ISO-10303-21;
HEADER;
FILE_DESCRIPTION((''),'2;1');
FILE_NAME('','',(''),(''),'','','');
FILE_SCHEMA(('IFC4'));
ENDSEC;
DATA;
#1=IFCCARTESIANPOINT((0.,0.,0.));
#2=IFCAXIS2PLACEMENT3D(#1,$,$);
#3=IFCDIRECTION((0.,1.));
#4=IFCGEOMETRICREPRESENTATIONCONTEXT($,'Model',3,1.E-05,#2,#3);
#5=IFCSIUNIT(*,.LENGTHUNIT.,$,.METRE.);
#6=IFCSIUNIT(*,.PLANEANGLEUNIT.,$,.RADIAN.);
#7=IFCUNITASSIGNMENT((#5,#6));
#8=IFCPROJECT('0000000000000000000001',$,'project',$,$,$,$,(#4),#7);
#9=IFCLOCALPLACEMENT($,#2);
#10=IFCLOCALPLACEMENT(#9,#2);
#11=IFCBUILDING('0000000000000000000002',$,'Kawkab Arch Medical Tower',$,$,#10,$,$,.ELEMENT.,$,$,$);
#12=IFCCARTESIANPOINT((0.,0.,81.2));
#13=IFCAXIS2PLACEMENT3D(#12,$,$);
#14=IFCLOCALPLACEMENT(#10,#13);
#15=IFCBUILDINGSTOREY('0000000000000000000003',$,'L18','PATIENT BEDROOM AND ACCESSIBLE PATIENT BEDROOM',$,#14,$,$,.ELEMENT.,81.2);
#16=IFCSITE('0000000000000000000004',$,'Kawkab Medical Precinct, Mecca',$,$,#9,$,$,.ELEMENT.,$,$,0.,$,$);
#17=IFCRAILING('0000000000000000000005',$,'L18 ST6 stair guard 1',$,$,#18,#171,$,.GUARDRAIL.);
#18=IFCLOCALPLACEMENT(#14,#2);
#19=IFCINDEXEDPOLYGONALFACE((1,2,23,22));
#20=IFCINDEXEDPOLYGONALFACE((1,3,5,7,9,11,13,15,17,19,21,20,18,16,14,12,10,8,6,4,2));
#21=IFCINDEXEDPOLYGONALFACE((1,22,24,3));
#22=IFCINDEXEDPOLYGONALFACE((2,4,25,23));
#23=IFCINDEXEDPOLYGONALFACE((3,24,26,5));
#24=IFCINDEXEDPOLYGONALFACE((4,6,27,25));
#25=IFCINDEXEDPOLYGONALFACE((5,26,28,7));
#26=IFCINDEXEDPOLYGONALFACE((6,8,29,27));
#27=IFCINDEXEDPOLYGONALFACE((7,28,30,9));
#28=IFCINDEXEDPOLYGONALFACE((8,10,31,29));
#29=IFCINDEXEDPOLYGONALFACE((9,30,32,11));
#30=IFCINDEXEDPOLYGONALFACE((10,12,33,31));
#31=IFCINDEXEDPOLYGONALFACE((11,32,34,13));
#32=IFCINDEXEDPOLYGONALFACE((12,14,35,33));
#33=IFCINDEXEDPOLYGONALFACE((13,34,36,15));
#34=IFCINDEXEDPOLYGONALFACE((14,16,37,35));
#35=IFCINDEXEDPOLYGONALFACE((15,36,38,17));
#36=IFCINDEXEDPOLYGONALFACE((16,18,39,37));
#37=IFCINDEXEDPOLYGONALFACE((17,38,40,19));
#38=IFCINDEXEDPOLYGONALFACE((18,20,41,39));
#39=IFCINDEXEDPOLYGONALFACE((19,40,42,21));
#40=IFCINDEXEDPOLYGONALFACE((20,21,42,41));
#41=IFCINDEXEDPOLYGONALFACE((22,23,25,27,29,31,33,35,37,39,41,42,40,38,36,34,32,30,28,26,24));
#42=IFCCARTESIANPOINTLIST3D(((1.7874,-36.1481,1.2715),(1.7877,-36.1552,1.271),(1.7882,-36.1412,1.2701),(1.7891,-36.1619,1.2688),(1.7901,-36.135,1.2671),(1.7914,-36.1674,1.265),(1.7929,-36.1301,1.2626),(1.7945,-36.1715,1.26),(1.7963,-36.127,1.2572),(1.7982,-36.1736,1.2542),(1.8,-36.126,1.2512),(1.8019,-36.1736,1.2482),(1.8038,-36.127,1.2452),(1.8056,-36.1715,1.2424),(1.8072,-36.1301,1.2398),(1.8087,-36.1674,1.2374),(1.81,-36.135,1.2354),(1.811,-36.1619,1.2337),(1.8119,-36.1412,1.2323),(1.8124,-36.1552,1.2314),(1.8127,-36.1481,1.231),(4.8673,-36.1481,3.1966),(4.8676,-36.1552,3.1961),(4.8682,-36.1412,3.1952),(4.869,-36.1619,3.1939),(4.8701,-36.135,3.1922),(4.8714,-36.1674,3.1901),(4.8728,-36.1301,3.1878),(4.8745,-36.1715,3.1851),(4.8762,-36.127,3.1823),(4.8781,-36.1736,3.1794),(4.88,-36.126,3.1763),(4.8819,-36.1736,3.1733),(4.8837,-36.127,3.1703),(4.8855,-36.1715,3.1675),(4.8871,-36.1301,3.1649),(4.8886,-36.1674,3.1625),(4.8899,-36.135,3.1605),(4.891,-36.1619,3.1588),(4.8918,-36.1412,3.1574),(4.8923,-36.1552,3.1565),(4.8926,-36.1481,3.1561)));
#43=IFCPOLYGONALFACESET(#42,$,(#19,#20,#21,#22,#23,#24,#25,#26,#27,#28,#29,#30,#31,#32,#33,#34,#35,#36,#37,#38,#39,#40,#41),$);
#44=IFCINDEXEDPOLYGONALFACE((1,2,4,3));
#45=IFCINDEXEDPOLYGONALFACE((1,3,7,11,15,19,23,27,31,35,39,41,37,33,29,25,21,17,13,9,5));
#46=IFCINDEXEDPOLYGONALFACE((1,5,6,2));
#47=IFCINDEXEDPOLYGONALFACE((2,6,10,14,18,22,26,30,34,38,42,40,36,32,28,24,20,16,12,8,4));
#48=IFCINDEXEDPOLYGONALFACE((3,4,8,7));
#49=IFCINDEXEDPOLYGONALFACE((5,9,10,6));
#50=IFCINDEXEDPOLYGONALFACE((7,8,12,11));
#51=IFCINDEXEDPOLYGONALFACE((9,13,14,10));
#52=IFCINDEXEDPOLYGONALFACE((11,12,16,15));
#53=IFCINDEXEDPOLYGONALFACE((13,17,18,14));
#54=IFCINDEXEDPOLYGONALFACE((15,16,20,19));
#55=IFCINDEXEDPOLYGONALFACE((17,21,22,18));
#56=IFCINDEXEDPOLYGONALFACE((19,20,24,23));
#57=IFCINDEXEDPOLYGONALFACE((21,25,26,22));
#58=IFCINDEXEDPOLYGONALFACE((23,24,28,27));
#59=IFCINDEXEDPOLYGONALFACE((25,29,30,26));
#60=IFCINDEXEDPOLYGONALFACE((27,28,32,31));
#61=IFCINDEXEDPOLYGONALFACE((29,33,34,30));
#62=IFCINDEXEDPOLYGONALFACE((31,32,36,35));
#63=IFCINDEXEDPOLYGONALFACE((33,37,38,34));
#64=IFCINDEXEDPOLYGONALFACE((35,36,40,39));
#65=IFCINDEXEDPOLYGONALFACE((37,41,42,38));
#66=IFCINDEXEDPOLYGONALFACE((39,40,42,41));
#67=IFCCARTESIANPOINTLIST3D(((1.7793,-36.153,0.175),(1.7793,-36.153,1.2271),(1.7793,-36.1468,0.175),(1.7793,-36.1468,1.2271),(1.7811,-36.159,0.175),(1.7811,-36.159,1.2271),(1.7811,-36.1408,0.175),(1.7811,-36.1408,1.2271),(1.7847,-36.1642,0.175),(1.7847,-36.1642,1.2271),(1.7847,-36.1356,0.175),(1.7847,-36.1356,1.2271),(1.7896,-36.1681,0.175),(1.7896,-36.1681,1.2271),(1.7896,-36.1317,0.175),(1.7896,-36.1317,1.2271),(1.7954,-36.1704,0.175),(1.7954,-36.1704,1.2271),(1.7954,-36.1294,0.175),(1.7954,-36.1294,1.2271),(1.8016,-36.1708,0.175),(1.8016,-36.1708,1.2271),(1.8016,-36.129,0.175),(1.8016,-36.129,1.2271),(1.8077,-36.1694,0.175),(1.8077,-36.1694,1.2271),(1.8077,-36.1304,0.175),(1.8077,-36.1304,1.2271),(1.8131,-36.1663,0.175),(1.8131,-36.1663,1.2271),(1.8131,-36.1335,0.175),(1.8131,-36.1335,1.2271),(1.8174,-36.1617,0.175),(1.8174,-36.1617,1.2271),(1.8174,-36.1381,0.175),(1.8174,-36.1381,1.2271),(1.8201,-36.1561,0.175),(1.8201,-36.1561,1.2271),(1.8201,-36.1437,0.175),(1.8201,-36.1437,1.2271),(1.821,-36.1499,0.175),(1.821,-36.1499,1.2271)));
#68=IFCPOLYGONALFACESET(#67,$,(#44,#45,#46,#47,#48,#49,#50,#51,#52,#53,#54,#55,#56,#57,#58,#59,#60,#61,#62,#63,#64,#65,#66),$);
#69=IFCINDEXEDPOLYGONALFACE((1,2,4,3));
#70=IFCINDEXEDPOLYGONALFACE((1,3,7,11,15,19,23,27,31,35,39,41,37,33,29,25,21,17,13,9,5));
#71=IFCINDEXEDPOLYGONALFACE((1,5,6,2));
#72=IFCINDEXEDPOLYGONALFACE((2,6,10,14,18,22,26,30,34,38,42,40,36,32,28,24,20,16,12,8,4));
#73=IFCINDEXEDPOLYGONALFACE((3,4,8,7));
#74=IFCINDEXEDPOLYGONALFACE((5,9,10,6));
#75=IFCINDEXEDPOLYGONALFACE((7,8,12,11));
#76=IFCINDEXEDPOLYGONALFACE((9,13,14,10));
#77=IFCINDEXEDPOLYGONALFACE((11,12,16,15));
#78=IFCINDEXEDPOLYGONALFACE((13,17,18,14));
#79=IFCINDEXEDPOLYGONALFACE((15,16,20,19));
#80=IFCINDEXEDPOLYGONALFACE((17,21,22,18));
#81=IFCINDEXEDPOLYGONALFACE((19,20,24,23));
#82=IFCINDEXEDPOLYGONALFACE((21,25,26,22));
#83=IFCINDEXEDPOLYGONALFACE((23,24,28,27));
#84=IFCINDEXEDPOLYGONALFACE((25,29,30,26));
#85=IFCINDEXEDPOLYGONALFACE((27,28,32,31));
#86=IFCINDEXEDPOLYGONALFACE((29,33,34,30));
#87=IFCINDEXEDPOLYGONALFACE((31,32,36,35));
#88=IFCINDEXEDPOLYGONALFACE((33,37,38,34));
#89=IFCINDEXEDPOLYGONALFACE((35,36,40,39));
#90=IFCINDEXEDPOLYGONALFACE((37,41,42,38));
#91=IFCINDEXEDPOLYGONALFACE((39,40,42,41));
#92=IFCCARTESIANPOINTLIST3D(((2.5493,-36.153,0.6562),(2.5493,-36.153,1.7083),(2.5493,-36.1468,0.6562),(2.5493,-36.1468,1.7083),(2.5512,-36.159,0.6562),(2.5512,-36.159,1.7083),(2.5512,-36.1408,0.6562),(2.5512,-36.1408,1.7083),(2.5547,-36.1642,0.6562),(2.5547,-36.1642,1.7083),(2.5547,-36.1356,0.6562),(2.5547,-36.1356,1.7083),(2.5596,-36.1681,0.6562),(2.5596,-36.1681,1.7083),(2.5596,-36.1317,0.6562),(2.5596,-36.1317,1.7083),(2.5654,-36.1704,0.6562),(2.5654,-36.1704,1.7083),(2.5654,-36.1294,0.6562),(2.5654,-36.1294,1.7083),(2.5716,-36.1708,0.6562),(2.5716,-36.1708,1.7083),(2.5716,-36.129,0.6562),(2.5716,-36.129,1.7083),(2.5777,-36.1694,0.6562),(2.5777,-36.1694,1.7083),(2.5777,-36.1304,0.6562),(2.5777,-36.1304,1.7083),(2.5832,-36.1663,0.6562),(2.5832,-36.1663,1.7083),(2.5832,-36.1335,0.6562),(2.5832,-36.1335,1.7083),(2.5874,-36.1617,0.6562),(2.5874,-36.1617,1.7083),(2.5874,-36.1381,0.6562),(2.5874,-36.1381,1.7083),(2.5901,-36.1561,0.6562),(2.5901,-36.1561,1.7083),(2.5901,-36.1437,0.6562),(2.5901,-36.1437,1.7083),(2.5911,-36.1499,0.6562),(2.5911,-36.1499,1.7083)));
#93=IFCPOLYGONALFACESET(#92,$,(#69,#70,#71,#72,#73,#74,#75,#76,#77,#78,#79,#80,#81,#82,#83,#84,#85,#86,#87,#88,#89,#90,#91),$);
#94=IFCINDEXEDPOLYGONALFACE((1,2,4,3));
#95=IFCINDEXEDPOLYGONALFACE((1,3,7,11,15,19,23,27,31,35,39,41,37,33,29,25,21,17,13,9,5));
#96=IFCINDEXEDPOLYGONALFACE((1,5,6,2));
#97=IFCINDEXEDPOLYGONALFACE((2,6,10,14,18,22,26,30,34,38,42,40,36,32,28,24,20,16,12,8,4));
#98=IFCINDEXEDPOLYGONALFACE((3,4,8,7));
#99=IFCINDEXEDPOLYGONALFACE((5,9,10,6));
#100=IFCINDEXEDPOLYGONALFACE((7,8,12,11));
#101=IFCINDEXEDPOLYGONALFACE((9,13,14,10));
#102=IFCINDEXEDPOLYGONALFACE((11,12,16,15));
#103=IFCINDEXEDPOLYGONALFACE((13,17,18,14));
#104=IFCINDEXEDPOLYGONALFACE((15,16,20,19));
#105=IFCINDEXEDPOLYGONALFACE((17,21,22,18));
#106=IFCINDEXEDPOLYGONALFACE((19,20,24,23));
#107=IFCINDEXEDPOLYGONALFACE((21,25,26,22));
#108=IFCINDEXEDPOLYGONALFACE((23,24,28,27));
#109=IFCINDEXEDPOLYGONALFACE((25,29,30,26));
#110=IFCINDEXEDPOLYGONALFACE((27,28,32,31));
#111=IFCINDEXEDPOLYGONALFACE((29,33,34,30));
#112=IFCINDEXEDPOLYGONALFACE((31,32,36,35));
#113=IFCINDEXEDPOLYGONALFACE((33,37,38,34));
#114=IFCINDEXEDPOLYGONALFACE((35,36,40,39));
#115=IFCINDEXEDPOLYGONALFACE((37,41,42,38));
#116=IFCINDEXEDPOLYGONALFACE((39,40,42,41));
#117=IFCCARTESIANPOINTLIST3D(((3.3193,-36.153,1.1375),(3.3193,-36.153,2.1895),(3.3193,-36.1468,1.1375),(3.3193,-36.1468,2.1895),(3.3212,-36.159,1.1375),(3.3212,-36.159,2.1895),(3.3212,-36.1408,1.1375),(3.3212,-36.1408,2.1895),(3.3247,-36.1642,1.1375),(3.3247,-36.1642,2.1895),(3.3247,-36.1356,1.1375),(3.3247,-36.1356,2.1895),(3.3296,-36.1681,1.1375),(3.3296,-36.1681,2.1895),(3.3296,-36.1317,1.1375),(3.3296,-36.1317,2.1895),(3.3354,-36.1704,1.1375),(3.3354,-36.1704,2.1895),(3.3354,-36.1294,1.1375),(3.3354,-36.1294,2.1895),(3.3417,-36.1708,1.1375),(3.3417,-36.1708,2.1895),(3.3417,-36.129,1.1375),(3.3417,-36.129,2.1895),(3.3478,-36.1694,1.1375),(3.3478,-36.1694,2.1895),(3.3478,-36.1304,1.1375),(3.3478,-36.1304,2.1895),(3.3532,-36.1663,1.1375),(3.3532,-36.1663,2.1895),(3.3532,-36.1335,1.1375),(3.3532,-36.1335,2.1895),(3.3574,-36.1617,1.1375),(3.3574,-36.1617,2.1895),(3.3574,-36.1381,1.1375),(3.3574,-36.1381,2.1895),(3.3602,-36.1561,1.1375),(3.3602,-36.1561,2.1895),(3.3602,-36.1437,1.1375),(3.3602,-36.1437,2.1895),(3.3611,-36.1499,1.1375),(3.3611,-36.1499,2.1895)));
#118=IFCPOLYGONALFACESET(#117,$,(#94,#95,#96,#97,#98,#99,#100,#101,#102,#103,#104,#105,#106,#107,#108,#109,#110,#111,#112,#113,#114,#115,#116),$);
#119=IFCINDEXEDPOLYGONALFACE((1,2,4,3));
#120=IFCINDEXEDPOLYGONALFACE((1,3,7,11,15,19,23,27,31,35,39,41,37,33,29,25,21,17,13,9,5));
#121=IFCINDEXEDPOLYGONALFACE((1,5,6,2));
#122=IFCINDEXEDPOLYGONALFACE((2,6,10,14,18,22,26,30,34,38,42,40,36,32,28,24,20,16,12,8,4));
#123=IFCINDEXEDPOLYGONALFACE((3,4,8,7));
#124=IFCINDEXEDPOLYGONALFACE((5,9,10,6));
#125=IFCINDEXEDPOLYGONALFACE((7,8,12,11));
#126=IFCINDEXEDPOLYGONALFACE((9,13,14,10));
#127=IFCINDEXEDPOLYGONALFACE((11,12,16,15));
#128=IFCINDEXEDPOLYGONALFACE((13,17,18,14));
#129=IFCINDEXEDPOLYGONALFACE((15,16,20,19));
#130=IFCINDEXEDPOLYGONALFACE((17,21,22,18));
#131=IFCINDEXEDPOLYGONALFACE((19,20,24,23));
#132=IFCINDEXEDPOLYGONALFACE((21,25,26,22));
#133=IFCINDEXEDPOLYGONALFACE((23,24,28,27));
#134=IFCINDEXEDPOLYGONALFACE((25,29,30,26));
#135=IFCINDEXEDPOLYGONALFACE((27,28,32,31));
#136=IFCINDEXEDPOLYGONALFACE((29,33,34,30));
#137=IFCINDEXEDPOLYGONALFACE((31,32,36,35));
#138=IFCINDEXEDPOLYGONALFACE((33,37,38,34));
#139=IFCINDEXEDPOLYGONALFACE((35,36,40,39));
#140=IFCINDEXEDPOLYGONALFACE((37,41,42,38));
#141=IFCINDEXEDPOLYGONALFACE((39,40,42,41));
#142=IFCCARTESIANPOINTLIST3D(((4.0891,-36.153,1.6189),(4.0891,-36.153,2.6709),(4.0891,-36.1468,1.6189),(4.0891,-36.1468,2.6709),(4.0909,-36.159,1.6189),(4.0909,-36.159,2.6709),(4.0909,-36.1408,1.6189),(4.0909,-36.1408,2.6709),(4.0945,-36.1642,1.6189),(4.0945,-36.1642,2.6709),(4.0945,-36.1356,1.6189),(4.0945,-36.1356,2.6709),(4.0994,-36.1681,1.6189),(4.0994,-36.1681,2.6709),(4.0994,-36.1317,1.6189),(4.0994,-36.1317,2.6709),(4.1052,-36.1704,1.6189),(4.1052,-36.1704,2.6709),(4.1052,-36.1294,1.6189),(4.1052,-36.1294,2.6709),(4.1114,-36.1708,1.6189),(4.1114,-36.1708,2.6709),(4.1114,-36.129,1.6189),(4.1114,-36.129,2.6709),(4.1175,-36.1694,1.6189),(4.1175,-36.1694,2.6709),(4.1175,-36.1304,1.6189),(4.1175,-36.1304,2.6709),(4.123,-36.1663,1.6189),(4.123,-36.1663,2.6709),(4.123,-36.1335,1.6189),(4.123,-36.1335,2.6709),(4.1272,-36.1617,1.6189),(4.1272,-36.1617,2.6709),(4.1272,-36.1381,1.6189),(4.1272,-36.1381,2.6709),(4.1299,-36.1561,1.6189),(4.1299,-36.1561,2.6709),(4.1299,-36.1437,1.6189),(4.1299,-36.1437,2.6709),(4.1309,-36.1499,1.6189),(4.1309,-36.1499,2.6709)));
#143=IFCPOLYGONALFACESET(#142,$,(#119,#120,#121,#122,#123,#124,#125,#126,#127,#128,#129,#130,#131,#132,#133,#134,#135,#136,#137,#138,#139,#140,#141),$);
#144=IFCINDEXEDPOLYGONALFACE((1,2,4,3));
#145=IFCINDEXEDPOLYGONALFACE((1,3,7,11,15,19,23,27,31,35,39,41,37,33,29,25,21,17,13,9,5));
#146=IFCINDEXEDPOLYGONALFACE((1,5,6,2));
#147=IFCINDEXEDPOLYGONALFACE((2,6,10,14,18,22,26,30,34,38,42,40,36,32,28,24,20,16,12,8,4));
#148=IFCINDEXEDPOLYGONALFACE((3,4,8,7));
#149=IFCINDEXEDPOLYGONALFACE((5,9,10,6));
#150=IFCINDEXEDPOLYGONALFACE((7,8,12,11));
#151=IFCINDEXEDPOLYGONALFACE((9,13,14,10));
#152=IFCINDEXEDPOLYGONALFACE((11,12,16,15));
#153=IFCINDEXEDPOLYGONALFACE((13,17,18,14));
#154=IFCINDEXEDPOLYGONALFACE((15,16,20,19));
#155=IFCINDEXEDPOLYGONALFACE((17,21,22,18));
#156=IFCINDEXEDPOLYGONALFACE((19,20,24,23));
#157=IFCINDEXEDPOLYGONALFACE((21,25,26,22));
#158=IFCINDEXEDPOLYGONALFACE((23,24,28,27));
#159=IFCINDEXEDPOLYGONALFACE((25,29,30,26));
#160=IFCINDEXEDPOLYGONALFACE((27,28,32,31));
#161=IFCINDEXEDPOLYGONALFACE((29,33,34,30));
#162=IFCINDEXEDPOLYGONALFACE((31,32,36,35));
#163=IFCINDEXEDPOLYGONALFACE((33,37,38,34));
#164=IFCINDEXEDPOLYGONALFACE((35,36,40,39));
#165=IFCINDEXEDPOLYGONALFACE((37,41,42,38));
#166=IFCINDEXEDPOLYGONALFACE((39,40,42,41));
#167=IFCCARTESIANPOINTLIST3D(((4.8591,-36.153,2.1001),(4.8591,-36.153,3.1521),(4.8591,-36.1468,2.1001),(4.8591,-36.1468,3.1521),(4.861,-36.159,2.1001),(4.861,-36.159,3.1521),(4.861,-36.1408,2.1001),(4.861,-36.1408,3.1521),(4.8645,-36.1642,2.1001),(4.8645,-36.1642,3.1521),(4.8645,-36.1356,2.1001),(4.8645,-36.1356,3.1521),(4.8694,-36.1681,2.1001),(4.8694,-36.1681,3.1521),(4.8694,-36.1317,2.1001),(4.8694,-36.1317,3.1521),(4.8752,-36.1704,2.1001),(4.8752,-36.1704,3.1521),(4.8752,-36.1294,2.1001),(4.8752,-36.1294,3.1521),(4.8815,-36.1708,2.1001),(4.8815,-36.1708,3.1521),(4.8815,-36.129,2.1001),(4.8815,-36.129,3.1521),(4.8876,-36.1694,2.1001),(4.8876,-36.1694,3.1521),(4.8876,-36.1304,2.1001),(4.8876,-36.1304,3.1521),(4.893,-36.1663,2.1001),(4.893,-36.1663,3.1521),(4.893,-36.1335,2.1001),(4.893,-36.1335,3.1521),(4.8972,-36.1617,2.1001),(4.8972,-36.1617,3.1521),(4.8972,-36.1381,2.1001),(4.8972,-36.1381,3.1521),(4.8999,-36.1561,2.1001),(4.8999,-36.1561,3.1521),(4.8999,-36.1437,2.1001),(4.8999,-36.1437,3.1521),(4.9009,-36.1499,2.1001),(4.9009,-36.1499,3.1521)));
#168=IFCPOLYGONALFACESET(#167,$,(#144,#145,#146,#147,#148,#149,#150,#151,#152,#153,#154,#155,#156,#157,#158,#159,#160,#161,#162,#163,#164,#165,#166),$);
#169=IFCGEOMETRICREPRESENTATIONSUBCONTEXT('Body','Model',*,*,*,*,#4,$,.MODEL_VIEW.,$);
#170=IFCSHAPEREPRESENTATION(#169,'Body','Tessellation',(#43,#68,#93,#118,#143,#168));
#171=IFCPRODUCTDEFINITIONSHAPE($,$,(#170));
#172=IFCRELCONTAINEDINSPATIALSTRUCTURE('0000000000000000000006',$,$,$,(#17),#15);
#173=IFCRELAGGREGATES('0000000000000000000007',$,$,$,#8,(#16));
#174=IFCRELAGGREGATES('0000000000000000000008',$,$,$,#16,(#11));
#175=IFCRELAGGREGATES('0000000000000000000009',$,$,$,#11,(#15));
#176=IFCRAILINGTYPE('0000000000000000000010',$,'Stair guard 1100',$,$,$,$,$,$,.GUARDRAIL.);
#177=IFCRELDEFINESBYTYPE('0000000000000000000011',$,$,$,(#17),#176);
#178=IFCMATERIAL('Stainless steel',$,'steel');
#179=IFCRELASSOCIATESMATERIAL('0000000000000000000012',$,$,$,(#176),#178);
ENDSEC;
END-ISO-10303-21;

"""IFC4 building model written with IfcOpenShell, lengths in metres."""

from ifc_helpers import new_model, si_unit, direction, frame, origin, origin_2d, place, context, subcontext, project, spatial, circle, extrude, material, type_object, element, save


model = new_model("IFC4")

# Units and contexts
model_context = context("Model", 3, precision=1e-05, world=origin(), true_north=direction((0.0, 1.0)))
body_context = subcontext(model_context, "Body", "Model", "MODEL_VIEW")
ifc_project = project(units=[si_unit("LENGTHUNIT", "METRE"), si_unit("PLANEANGLEUNIT", "RADIAN")], contexts=[model_context])

# Site, building, storey
site_placement = place(None, origin())
site = spatial("IfcSite", under=ifc_project, at=site_placement, Name="Kawkab Medical Precinct, Mecca", CompositionType="ELEMENT", RefElevation=0.0)
building_placement = place(site_placement, origin())
building = spatial("IfcBuilding", under=site, at=building_placement, Name="Kawkab Arch Medical Tower", CompositionType="ELEMENT")
storey_placement = place(building_placement, frame((0.0, 0.0, 81.2)))
storey = spatial("IfcBuildingStorey", under=building, at=storey_placement, Name="L18", Description="PATIENT BEDROOM AND ACCESSIBLE PATIENT BEDROOM", CompositionType="ELEMENT", Elevation=81.2)

# Railing
ifc_material_1 = material(Name="Stainless steel", Category="steel")
railing_type_1 = type_object("IfcRailingType", Name="Stair guard 1100", PredefinedType="GUARDRAIL", material=ifc_material_1)
railing_1_placement = place(storey_placement, frame((1.8, -36.1499, 0.175)))
element("IfcRailing", 1, at=railing_1_placement, inside=storey, type_object=railing_type_1, Name="L18 ST6 stair guard 1", PredefinedType="GUARDRAIL", context=body_context, shape_type="SweptSolid", body=[
    extrude(circle(Radius=0.0239, at=origin_2d()), frame((0.0, 0.0, 1.0762), z_axis=(0.847979, 0.0, 0.530029), x_axis=(0.0, 1.0, 0.0)), (0.0, 0.0, 1.0), 3.6321),
    extrude(circle(Radius=0.021, at=origin_2d()), origin(), (0.0, 0.0, 1.0), 1.052),
    extrude(circle(Radius=0.021, at=origin_2d()), frame((0.77, 0.0, 0.4812)), (0.0, 0.0, 1.0), 1.052),
    extrude(circle(Radius=0.021, at=origin_2d()), frame((1.54, 0.0, 0.9624)), (0.0, 0.0, 1.0), 1.052),
    extrude(circle(Radius=0.021, at=origin_2d()), frame((2.3098, 0.0, 1.4438)), (0.0, 0.0, 1.0), 1.052),
    extrude(circle(Radius=0.021, at=origin_2d()), frame((3.0798, 0.0, 1.925)), (0.0, 0.0, 1.0), 1.052),
])

save(model, "model.ifc")
